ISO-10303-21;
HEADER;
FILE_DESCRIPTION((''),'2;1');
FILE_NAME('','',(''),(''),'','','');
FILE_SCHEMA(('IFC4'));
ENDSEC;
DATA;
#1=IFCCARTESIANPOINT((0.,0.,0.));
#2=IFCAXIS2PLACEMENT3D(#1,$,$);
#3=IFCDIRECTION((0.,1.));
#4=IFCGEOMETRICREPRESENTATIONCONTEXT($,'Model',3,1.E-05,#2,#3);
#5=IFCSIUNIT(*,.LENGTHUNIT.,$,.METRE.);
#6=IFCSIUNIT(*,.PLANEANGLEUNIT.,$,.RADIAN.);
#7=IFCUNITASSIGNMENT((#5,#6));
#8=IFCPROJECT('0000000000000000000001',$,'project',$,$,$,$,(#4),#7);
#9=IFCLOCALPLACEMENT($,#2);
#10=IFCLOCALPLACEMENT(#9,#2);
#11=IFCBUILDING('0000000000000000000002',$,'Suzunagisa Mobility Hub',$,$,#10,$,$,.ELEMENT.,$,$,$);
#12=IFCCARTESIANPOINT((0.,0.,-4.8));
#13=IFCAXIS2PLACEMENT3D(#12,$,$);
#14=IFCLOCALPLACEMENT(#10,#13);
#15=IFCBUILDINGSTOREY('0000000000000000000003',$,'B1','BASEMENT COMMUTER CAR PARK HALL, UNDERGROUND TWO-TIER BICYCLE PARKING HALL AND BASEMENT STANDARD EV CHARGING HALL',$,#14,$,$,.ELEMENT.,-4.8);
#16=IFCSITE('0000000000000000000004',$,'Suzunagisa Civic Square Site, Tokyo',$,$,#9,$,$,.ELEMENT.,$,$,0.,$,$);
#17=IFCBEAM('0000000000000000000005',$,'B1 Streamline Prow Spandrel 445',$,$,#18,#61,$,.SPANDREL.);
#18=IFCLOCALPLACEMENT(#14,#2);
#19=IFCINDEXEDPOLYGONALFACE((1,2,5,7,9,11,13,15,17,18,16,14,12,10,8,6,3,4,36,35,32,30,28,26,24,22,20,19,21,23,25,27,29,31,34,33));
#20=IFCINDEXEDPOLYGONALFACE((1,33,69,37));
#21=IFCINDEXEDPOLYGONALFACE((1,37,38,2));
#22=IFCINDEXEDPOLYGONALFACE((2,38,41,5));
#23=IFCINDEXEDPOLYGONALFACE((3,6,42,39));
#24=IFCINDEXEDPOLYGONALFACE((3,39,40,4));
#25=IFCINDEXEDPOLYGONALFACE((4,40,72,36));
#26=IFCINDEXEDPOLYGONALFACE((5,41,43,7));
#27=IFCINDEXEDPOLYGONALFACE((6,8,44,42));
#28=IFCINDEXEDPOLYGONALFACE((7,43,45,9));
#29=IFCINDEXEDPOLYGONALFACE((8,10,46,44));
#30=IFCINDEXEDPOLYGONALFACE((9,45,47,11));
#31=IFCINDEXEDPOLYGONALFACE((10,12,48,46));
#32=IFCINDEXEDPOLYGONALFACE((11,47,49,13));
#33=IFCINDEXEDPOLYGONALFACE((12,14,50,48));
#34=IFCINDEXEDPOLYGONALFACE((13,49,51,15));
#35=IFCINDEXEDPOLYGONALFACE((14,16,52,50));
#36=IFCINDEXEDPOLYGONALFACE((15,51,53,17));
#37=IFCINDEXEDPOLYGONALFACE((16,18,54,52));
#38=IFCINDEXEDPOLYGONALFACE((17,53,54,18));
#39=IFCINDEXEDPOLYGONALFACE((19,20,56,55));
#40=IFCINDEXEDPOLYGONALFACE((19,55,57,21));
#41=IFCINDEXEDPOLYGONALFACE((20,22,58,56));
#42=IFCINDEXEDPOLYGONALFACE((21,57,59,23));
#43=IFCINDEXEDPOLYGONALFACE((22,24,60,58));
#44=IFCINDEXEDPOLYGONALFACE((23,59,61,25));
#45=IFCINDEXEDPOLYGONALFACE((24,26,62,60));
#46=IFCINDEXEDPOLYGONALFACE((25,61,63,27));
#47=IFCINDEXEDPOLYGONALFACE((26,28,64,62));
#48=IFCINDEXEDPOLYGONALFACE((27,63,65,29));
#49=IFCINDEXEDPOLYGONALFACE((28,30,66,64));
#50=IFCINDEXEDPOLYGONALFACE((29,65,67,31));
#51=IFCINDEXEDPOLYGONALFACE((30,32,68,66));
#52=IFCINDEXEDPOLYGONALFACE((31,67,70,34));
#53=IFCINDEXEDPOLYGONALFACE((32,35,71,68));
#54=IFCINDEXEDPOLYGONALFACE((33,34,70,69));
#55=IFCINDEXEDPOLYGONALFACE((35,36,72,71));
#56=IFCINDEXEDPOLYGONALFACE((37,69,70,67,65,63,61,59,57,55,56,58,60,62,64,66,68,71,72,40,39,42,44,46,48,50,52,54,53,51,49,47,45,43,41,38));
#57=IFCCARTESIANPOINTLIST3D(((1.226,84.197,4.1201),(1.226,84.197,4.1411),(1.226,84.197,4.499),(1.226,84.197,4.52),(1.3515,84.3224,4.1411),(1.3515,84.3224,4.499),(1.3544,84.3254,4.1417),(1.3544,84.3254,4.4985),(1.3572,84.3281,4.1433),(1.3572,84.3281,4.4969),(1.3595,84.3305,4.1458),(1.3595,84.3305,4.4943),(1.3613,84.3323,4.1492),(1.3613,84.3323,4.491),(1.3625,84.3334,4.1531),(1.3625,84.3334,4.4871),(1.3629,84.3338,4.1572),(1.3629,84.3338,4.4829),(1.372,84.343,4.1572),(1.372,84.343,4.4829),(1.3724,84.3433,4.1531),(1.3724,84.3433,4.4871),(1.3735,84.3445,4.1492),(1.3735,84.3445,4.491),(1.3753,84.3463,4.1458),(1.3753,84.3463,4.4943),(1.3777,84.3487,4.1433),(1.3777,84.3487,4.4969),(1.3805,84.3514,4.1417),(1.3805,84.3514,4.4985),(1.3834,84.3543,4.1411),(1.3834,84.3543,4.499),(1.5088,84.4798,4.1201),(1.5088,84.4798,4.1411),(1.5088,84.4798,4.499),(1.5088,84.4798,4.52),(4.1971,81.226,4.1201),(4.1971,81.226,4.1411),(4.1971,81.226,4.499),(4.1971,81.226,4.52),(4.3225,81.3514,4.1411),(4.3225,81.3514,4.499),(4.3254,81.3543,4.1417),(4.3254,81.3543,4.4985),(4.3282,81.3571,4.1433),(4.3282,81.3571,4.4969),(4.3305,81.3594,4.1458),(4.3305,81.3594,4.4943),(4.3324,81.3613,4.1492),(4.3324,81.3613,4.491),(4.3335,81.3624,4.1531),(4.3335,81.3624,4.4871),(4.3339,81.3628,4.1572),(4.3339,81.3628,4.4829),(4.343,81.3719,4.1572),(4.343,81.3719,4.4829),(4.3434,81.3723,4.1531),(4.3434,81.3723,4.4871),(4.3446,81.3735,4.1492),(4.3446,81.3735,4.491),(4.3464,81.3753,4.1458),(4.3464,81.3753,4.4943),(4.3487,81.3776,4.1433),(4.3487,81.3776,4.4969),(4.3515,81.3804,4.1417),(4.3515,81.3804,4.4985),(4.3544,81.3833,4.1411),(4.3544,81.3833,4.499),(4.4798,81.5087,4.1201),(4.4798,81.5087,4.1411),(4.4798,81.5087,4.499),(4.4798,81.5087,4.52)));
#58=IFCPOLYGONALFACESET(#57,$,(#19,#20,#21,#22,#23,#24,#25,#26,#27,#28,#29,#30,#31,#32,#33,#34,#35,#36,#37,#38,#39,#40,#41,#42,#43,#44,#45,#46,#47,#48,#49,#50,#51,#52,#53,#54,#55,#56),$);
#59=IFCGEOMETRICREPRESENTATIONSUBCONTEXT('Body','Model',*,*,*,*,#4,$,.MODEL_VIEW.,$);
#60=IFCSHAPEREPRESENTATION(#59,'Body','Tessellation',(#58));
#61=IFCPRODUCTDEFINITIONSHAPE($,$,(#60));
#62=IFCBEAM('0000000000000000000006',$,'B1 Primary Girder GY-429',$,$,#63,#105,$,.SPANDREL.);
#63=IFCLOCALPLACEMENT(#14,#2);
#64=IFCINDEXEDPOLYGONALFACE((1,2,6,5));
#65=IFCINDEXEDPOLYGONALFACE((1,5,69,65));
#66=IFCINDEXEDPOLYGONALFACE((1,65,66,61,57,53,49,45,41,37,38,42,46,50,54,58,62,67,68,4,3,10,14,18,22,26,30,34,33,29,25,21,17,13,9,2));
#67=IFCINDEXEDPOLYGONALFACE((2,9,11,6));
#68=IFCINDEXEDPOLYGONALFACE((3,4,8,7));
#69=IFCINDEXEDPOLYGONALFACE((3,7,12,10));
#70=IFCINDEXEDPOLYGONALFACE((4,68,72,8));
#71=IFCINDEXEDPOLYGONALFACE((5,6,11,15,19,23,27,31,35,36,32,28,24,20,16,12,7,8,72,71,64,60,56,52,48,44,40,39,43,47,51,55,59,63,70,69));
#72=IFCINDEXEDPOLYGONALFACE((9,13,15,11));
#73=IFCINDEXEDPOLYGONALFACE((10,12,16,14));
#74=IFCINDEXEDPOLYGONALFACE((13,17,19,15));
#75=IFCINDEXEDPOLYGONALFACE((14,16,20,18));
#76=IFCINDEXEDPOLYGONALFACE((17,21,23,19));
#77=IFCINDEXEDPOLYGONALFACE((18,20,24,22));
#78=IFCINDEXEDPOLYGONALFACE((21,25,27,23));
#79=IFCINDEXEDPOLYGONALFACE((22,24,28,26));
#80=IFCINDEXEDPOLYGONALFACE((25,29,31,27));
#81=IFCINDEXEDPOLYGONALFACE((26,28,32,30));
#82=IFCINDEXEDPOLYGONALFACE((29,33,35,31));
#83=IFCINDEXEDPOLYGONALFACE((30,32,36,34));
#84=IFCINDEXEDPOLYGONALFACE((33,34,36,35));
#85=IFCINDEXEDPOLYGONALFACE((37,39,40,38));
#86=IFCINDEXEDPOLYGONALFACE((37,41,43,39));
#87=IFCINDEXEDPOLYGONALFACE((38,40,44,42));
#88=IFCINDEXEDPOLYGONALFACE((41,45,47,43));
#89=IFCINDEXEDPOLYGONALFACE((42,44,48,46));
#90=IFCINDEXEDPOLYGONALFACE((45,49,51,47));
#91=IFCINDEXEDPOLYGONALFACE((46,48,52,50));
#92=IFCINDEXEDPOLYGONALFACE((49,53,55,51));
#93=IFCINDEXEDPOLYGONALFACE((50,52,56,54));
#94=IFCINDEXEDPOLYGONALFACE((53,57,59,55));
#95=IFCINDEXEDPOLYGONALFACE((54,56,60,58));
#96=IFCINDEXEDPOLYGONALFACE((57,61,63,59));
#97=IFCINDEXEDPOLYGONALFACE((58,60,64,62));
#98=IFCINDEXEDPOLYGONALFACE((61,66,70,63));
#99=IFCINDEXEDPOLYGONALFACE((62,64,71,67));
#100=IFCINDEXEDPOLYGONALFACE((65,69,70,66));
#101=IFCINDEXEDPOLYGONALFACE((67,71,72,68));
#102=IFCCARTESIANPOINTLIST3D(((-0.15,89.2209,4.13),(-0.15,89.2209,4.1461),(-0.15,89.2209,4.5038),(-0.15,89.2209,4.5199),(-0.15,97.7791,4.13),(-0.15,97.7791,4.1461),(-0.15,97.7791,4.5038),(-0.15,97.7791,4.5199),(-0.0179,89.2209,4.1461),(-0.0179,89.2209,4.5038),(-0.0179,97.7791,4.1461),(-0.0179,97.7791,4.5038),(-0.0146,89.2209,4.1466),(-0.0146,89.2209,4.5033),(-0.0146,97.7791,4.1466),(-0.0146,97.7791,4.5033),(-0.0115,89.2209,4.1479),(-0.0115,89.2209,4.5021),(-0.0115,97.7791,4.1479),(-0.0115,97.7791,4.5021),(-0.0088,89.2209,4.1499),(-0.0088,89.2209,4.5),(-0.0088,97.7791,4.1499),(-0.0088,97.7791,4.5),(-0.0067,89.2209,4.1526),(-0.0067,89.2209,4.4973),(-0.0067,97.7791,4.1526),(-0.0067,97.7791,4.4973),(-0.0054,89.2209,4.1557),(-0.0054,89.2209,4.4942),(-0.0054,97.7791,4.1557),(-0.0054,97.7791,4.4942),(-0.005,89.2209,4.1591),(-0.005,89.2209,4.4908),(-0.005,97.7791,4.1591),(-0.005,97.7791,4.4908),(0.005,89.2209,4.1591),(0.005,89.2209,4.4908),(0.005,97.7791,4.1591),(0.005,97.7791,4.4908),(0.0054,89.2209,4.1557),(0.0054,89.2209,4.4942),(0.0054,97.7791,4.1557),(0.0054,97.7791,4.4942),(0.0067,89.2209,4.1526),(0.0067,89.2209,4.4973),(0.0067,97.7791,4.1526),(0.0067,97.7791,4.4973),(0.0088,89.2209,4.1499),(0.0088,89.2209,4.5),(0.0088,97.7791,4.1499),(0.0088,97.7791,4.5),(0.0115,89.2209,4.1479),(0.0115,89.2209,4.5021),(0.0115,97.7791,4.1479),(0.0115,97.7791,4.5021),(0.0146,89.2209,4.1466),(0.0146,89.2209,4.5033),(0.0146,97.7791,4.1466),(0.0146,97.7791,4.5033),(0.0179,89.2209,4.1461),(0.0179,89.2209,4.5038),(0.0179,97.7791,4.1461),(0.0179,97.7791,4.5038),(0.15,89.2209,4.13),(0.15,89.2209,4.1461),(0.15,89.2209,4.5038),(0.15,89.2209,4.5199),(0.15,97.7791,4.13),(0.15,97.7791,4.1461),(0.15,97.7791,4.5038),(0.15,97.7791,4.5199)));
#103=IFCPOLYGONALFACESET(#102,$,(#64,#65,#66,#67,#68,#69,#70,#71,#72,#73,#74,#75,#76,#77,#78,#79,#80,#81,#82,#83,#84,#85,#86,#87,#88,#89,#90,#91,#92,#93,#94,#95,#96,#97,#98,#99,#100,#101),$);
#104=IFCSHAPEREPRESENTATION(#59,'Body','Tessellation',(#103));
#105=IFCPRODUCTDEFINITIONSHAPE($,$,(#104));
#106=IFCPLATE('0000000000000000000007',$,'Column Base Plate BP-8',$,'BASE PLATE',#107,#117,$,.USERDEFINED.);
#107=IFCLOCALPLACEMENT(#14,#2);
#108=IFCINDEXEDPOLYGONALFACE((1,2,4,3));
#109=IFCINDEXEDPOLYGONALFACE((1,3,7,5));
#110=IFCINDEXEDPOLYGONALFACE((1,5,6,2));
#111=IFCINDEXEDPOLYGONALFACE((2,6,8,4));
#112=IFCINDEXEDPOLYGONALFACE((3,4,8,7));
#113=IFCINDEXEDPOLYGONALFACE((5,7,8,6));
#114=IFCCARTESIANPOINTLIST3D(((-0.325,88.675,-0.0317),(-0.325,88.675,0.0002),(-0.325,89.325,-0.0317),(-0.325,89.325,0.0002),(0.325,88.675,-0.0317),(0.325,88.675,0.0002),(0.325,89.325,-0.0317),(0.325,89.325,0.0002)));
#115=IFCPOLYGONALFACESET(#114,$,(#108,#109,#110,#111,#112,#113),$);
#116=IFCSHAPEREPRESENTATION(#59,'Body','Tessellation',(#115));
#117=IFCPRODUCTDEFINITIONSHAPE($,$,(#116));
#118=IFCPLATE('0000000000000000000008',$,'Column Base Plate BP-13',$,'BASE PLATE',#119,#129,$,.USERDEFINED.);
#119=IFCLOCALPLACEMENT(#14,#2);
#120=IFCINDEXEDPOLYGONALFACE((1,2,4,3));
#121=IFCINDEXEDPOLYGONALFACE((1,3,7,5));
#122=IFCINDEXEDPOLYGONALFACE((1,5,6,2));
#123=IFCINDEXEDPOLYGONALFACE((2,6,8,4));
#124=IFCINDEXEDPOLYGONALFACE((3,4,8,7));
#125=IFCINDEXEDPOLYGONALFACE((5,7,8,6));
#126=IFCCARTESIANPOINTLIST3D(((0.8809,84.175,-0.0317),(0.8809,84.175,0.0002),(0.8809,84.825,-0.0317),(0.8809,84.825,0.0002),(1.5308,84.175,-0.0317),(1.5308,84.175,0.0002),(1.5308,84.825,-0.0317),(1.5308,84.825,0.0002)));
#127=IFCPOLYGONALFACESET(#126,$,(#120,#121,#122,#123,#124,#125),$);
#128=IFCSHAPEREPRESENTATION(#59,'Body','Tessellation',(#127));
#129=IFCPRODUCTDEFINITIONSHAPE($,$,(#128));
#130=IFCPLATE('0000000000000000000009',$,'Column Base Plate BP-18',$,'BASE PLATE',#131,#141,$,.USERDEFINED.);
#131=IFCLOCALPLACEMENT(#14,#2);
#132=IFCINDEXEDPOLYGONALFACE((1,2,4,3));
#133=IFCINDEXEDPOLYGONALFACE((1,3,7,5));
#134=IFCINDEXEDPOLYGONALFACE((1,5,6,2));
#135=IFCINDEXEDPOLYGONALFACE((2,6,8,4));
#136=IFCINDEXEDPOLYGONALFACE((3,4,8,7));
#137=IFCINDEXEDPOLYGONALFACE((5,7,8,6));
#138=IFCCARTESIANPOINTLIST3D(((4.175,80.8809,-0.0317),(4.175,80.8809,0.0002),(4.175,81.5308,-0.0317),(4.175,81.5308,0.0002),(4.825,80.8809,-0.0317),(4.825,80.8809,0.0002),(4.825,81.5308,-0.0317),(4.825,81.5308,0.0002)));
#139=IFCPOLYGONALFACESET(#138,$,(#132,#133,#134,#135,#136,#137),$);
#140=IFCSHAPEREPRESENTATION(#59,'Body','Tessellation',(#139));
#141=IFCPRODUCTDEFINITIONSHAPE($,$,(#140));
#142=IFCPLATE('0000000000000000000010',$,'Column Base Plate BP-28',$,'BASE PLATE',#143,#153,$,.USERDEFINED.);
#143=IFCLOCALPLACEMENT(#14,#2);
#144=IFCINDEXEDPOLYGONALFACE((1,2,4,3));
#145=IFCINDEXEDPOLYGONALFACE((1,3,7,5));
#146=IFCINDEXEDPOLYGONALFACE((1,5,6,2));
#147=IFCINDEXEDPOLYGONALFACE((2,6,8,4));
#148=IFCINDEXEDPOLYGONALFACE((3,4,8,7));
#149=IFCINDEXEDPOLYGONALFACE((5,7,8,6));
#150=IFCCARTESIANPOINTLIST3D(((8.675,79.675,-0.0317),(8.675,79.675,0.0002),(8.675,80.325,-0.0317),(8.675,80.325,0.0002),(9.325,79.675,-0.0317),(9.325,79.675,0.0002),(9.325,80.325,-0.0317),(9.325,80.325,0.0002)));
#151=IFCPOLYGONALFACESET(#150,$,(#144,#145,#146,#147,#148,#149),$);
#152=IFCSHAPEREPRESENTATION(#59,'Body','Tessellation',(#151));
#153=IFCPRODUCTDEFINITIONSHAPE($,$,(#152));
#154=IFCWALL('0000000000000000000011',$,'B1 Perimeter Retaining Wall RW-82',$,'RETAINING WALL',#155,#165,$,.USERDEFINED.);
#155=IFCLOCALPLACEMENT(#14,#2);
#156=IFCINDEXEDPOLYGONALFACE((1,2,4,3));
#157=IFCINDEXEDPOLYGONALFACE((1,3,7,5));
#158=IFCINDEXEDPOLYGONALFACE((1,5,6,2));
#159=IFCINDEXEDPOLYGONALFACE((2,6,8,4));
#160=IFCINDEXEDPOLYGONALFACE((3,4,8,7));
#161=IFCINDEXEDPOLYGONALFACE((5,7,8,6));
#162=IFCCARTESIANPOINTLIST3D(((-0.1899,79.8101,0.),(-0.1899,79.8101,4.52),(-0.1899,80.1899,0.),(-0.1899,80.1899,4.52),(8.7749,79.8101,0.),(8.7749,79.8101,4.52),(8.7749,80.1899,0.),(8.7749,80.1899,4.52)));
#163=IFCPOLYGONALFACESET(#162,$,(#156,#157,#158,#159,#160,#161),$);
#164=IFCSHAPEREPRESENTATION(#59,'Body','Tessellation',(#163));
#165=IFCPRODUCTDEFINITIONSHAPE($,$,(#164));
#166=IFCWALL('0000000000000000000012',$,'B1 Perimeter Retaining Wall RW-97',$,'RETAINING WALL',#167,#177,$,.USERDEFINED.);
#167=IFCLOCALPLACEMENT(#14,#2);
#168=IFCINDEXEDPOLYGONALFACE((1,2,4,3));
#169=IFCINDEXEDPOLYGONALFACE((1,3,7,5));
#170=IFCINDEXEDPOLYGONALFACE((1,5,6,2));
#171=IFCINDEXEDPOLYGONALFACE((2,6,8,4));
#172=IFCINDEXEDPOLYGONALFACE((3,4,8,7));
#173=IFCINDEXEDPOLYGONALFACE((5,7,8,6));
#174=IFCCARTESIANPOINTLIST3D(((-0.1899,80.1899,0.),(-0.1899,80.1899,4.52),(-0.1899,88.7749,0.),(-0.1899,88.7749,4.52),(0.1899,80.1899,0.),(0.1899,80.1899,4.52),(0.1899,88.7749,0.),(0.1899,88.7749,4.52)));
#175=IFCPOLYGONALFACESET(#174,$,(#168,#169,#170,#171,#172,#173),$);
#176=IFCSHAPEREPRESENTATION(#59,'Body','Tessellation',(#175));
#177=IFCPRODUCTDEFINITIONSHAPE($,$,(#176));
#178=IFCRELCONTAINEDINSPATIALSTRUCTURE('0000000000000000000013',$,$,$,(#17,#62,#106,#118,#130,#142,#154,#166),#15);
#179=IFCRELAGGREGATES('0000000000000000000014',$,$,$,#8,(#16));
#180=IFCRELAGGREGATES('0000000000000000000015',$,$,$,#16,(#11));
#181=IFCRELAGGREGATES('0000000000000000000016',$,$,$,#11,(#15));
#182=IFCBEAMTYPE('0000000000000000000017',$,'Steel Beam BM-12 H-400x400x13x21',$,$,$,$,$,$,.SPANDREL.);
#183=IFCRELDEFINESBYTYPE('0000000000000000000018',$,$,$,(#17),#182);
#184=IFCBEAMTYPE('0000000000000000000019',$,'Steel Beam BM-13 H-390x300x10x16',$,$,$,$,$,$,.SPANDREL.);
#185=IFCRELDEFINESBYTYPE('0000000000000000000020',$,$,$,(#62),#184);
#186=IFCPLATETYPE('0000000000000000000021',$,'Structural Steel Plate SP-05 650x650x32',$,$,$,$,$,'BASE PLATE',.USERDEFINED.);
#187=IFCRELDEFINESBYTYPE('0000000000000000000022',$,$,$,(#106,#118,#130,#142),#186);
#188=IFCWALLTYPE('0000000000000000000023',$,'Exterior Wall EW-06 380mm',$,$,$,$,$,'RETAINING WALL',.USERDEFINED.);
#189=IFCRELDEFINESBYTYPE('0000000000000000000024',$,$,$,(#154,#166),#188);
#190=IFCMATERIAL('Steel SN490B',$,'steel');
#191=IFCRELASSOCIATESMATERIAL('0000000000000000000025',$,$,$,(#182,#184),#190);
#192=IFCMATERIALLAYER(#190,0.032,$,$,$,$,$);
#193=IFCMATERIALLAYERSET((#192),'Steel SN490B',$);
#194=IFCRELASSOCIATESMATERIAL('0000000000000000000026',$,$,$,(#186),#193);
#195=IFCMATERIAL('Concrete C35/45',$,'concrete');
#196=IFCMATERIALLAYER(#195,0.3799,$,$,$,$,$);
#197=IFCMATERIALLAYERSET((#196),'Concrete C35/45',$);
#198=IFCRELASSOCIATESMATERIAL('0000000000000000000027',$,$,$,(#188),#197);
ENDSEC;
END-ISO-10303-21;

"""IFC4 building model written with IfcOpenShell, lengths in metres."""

from ifc_helpers import new_model, si_unit, direction, frame, frame_2d, origin, origin_2d, place, context, subcontext, project, spatial, rectangle, i_section, extrude, material, layer, layer_set, material_profile, profile_set, type_object, element, save


model = new_model("IFC4")

# Units and contexts
model_context = context("Model", 3, precision=1e-05, world=origin(), true_north=direction((0.0, 1.0)))
body_context = subcontext(model_context, "Body", "Model", "MODEL_VIEW")
ifc_project = project(units=[si_unit("LENGTHUNIT", "METRE"), si_unit("PLANEANGLEUNIT", "RADIAN")], contexts=[model_context])

# Site, building, storey
site_placement = place(None, origin())
site = spatial("IfcSite", under=ifc_project, at=site_placement, Name="Suzunagisa Civic Square Site, Tokyo", CompositionType="ELEMENT", RefElevation=0.0)
building_placement = place(site_placement, origin())
building = spatial("IfcBuilding", under=site, at=building_placement, Name="Suzunagisa Mobility Hub", CompositionType="ELEMENT")
storey_placement = place(building_placement, frame((0.0, 0.0, -4.8)))
storey = spatial("IfcBuildingStorey", under=building, at=storey_placement, Name="B1", Description="BASEMENT COMMUTER CAR PARK HALL, UNDERGROUND TWO-TIER BICYCLE PARKING HALL AND BASEMENT STANDARD EV CHARGING HALL", CompositionType="ELEMENT", Elevation=-4.8)

# Shared definitions
ifc_material_1 = material(Name="Steel SN490B", Category="steel")

# Beams
ifc_material_profile_1 = material_profile(ifc_material_1, i_section(OverallWidth=0.3999, OverallDepth=0.3999, WebThickness=0.0129, FlangeThickness=0.021, FilletRadius=0.0161, at=origin_2d()), Name="H-400x400x13x21")
ifc_profile_set_1 = profile_set([ifc_material_profile_1], Name="Steel SN490B")
beam_type_1 = type_object("IfcBeamType", Name="Steel Beam BM-12 H-400x400x13x21", PredefinedType="SPANDREL", material=ifc_profile_set_1)
beam_1_placement = place(storey_placement, frame((1.3674, 84.3384, 4.3201), z_axis=(0.707107, -0.707107, 0.0), x_axis=(0.707107, 0.707107, 0.0)))
element("IfcBeam", 1, at=beam_1_placement, inside=storey, type_object=beam_type_1, Name="B1 Streamline Prow Spandrel 445", PredefinedType="SPANDREL", context=body_context, shape_type="SweptSolid", body=[
    extrude(i_section(OverallWidth=0.3999, OverallDepth=0.3999, WebThickness=0.0129, FlangeThickness=0.021, FilletRadius=0.0161, at=origin_2d()), origin(), (0.0, 0.0, 1.0), 4.2017),
])
ifc_material_profile_2 = material_profile(ifc_material_1, i_section(OverallWidth=0.3, OverallDepth=0.3899, WebThickness=0.01, FlangeThickness=0.0161, FilletRadius=0.0129, at=origin_2d()), Name="H-390x300x10x16")
ifc_profile_set_2 = profile_set([ifc_material_profile_2], Name="Steel SN490B")
beam_type_2 = type_object("IfcBeamType", Name="Steel Beam BM-13 H-390x300x10x16", PredefinedType="SPANDREL", material=ifc_profile_set_2)
beam_2_placement = place(storey_placement, frame((0.0, 89.2209, 4.325), z_axis=(0.0, 1.0, 0.0), x_axis=(-1.0, 0.0, 0.0)))
element("IfcBeam", 2, at=beam_2_placement, inside=storey, type_object=beam_type_2, Name="B1 Primary Girder GY-429", PredefinedType="SPANDREL", context=body_context, shape_type="SweptSolid", body=[
    extrude(i_section(OverallWidth=0.3, OverallDepth=0.3899, WebThickness=0.01, FlangeThickness=0.0161, FilletRadius=0.0129, at=origin_2d()), origin(), (0.0, 0.0, 1.0), 8.5581),
])

# Plates
ifc_layer_1 = layer(ifc_material_1, 0.032)
ifc_layer_set_1 = layer_set([ifc_layer_1], Name="Steel SN490B")
plate_type = type_object("IfcPlateType", Name="Structural Steel Plate SP-05 650x650x32", ElementType="BASE PLATE", PredefinedType="USERDEFINED", material=ifc_layer_set_1)
for number, where, z_axis, x_axis, name in (
    (3, (0.0, 89.0, -0.0317), (0.0, 0.0, 1.0), (1.0, 0.0, 0.0), "Column Base Plate BP-8"),
    (4, (1.2058, 84.5, -0.0317), (0.0, 0.0, 1.0), (1.0, 0.0, 0.0), "Column Base Plate BP-13"),
    (5, (4.5, 81.2058, -0.0317), (0.0, 0.0, 1.0), (1.0, 0.0, 0.0), "Column Base Plate BP-18"),
    (6, (9.0, 80.0, -0.0317), (0.0, 0.0, 1.0), (1.0, 0.0, 0.0), "Column Base Plate BP-28"),
):
    element("IfcPlate", number, at=place(storey_placement, frame(where, z_axis=z_axis, x_axis=x_axis)), inside=storey, type_object=plate_type, Name=name, ObjectType="BASE PLATE", PredefinedType="USERDEFINED", context=body_context, shape_type="SweptSolid", body=[
        extrude(rectangle(XDim=0.6499, YDim=0.6499, at=origin_2d()), origin(), (0.0, 0.0, 1.0), 0.032),
    ])

# Walls
ifc_material_2 = material(Name="Concrete C35/45", Category="concrete")
ifc_layer_2 = layer(ifc_material_2, 0.3799)
ifc_layer_set_2 = layer_set([ifc_layer_2], Name="Concrete C35/45")
wall_type = type_object("IfcWallType", Name="Exterior Wall EW-06 380mm", ElementType="RETAINING WALL", PredefinedType="USERDEFINED", material=ifc_layer_set_2)
wall_1_placement = place(storey_placement, frame((-0.1899, 80.0, 0.0), z_axis=(0.0, 0.0, 1.0), x_axis=(1.0, 0.0, 0.0)))
element("IfcWall", 7, at=wall_1_placement, inside=storey, type_object=wall_type, Name="B1 Perimeter Retaining Wall RW-82", ObjectType="RETAINING WALL", PredefinedType="USERDEFINED", context=body_context, shape_type="SweptSolid", body=[
    extrude(rectangle(XDim=8.9648, YDim=0.3799, at=frame_2d((4.4824, 0.0))), origin(), (0.0, 0.0, 1.0), 4.52),
])
wall_2_placement = place(storey_placement, frame((0.0, 88.7749, 0.0), z_axis=(0.0, 0.0, 1.0), x_axis=(0.0, -1.0, 0.0)))
element("IfcWall", 8, at=wall_2_placement, inside=storey, type_object=wall_type, Name="B1 Perimeter Retaining Wall RW-97", ObjectType="RETAINING WALL", PredefinedType="USERDEFINED", context=body_context, shape_type="SweptSolid", body=[
    extrude(rectangle(XDim=8.585, YDim=0.3799, at=frame_2d((4.2925, 0.0))), origin(), (0.0, 0.0, 1.0), 4.52),
])

save(model, "model.ifc")
